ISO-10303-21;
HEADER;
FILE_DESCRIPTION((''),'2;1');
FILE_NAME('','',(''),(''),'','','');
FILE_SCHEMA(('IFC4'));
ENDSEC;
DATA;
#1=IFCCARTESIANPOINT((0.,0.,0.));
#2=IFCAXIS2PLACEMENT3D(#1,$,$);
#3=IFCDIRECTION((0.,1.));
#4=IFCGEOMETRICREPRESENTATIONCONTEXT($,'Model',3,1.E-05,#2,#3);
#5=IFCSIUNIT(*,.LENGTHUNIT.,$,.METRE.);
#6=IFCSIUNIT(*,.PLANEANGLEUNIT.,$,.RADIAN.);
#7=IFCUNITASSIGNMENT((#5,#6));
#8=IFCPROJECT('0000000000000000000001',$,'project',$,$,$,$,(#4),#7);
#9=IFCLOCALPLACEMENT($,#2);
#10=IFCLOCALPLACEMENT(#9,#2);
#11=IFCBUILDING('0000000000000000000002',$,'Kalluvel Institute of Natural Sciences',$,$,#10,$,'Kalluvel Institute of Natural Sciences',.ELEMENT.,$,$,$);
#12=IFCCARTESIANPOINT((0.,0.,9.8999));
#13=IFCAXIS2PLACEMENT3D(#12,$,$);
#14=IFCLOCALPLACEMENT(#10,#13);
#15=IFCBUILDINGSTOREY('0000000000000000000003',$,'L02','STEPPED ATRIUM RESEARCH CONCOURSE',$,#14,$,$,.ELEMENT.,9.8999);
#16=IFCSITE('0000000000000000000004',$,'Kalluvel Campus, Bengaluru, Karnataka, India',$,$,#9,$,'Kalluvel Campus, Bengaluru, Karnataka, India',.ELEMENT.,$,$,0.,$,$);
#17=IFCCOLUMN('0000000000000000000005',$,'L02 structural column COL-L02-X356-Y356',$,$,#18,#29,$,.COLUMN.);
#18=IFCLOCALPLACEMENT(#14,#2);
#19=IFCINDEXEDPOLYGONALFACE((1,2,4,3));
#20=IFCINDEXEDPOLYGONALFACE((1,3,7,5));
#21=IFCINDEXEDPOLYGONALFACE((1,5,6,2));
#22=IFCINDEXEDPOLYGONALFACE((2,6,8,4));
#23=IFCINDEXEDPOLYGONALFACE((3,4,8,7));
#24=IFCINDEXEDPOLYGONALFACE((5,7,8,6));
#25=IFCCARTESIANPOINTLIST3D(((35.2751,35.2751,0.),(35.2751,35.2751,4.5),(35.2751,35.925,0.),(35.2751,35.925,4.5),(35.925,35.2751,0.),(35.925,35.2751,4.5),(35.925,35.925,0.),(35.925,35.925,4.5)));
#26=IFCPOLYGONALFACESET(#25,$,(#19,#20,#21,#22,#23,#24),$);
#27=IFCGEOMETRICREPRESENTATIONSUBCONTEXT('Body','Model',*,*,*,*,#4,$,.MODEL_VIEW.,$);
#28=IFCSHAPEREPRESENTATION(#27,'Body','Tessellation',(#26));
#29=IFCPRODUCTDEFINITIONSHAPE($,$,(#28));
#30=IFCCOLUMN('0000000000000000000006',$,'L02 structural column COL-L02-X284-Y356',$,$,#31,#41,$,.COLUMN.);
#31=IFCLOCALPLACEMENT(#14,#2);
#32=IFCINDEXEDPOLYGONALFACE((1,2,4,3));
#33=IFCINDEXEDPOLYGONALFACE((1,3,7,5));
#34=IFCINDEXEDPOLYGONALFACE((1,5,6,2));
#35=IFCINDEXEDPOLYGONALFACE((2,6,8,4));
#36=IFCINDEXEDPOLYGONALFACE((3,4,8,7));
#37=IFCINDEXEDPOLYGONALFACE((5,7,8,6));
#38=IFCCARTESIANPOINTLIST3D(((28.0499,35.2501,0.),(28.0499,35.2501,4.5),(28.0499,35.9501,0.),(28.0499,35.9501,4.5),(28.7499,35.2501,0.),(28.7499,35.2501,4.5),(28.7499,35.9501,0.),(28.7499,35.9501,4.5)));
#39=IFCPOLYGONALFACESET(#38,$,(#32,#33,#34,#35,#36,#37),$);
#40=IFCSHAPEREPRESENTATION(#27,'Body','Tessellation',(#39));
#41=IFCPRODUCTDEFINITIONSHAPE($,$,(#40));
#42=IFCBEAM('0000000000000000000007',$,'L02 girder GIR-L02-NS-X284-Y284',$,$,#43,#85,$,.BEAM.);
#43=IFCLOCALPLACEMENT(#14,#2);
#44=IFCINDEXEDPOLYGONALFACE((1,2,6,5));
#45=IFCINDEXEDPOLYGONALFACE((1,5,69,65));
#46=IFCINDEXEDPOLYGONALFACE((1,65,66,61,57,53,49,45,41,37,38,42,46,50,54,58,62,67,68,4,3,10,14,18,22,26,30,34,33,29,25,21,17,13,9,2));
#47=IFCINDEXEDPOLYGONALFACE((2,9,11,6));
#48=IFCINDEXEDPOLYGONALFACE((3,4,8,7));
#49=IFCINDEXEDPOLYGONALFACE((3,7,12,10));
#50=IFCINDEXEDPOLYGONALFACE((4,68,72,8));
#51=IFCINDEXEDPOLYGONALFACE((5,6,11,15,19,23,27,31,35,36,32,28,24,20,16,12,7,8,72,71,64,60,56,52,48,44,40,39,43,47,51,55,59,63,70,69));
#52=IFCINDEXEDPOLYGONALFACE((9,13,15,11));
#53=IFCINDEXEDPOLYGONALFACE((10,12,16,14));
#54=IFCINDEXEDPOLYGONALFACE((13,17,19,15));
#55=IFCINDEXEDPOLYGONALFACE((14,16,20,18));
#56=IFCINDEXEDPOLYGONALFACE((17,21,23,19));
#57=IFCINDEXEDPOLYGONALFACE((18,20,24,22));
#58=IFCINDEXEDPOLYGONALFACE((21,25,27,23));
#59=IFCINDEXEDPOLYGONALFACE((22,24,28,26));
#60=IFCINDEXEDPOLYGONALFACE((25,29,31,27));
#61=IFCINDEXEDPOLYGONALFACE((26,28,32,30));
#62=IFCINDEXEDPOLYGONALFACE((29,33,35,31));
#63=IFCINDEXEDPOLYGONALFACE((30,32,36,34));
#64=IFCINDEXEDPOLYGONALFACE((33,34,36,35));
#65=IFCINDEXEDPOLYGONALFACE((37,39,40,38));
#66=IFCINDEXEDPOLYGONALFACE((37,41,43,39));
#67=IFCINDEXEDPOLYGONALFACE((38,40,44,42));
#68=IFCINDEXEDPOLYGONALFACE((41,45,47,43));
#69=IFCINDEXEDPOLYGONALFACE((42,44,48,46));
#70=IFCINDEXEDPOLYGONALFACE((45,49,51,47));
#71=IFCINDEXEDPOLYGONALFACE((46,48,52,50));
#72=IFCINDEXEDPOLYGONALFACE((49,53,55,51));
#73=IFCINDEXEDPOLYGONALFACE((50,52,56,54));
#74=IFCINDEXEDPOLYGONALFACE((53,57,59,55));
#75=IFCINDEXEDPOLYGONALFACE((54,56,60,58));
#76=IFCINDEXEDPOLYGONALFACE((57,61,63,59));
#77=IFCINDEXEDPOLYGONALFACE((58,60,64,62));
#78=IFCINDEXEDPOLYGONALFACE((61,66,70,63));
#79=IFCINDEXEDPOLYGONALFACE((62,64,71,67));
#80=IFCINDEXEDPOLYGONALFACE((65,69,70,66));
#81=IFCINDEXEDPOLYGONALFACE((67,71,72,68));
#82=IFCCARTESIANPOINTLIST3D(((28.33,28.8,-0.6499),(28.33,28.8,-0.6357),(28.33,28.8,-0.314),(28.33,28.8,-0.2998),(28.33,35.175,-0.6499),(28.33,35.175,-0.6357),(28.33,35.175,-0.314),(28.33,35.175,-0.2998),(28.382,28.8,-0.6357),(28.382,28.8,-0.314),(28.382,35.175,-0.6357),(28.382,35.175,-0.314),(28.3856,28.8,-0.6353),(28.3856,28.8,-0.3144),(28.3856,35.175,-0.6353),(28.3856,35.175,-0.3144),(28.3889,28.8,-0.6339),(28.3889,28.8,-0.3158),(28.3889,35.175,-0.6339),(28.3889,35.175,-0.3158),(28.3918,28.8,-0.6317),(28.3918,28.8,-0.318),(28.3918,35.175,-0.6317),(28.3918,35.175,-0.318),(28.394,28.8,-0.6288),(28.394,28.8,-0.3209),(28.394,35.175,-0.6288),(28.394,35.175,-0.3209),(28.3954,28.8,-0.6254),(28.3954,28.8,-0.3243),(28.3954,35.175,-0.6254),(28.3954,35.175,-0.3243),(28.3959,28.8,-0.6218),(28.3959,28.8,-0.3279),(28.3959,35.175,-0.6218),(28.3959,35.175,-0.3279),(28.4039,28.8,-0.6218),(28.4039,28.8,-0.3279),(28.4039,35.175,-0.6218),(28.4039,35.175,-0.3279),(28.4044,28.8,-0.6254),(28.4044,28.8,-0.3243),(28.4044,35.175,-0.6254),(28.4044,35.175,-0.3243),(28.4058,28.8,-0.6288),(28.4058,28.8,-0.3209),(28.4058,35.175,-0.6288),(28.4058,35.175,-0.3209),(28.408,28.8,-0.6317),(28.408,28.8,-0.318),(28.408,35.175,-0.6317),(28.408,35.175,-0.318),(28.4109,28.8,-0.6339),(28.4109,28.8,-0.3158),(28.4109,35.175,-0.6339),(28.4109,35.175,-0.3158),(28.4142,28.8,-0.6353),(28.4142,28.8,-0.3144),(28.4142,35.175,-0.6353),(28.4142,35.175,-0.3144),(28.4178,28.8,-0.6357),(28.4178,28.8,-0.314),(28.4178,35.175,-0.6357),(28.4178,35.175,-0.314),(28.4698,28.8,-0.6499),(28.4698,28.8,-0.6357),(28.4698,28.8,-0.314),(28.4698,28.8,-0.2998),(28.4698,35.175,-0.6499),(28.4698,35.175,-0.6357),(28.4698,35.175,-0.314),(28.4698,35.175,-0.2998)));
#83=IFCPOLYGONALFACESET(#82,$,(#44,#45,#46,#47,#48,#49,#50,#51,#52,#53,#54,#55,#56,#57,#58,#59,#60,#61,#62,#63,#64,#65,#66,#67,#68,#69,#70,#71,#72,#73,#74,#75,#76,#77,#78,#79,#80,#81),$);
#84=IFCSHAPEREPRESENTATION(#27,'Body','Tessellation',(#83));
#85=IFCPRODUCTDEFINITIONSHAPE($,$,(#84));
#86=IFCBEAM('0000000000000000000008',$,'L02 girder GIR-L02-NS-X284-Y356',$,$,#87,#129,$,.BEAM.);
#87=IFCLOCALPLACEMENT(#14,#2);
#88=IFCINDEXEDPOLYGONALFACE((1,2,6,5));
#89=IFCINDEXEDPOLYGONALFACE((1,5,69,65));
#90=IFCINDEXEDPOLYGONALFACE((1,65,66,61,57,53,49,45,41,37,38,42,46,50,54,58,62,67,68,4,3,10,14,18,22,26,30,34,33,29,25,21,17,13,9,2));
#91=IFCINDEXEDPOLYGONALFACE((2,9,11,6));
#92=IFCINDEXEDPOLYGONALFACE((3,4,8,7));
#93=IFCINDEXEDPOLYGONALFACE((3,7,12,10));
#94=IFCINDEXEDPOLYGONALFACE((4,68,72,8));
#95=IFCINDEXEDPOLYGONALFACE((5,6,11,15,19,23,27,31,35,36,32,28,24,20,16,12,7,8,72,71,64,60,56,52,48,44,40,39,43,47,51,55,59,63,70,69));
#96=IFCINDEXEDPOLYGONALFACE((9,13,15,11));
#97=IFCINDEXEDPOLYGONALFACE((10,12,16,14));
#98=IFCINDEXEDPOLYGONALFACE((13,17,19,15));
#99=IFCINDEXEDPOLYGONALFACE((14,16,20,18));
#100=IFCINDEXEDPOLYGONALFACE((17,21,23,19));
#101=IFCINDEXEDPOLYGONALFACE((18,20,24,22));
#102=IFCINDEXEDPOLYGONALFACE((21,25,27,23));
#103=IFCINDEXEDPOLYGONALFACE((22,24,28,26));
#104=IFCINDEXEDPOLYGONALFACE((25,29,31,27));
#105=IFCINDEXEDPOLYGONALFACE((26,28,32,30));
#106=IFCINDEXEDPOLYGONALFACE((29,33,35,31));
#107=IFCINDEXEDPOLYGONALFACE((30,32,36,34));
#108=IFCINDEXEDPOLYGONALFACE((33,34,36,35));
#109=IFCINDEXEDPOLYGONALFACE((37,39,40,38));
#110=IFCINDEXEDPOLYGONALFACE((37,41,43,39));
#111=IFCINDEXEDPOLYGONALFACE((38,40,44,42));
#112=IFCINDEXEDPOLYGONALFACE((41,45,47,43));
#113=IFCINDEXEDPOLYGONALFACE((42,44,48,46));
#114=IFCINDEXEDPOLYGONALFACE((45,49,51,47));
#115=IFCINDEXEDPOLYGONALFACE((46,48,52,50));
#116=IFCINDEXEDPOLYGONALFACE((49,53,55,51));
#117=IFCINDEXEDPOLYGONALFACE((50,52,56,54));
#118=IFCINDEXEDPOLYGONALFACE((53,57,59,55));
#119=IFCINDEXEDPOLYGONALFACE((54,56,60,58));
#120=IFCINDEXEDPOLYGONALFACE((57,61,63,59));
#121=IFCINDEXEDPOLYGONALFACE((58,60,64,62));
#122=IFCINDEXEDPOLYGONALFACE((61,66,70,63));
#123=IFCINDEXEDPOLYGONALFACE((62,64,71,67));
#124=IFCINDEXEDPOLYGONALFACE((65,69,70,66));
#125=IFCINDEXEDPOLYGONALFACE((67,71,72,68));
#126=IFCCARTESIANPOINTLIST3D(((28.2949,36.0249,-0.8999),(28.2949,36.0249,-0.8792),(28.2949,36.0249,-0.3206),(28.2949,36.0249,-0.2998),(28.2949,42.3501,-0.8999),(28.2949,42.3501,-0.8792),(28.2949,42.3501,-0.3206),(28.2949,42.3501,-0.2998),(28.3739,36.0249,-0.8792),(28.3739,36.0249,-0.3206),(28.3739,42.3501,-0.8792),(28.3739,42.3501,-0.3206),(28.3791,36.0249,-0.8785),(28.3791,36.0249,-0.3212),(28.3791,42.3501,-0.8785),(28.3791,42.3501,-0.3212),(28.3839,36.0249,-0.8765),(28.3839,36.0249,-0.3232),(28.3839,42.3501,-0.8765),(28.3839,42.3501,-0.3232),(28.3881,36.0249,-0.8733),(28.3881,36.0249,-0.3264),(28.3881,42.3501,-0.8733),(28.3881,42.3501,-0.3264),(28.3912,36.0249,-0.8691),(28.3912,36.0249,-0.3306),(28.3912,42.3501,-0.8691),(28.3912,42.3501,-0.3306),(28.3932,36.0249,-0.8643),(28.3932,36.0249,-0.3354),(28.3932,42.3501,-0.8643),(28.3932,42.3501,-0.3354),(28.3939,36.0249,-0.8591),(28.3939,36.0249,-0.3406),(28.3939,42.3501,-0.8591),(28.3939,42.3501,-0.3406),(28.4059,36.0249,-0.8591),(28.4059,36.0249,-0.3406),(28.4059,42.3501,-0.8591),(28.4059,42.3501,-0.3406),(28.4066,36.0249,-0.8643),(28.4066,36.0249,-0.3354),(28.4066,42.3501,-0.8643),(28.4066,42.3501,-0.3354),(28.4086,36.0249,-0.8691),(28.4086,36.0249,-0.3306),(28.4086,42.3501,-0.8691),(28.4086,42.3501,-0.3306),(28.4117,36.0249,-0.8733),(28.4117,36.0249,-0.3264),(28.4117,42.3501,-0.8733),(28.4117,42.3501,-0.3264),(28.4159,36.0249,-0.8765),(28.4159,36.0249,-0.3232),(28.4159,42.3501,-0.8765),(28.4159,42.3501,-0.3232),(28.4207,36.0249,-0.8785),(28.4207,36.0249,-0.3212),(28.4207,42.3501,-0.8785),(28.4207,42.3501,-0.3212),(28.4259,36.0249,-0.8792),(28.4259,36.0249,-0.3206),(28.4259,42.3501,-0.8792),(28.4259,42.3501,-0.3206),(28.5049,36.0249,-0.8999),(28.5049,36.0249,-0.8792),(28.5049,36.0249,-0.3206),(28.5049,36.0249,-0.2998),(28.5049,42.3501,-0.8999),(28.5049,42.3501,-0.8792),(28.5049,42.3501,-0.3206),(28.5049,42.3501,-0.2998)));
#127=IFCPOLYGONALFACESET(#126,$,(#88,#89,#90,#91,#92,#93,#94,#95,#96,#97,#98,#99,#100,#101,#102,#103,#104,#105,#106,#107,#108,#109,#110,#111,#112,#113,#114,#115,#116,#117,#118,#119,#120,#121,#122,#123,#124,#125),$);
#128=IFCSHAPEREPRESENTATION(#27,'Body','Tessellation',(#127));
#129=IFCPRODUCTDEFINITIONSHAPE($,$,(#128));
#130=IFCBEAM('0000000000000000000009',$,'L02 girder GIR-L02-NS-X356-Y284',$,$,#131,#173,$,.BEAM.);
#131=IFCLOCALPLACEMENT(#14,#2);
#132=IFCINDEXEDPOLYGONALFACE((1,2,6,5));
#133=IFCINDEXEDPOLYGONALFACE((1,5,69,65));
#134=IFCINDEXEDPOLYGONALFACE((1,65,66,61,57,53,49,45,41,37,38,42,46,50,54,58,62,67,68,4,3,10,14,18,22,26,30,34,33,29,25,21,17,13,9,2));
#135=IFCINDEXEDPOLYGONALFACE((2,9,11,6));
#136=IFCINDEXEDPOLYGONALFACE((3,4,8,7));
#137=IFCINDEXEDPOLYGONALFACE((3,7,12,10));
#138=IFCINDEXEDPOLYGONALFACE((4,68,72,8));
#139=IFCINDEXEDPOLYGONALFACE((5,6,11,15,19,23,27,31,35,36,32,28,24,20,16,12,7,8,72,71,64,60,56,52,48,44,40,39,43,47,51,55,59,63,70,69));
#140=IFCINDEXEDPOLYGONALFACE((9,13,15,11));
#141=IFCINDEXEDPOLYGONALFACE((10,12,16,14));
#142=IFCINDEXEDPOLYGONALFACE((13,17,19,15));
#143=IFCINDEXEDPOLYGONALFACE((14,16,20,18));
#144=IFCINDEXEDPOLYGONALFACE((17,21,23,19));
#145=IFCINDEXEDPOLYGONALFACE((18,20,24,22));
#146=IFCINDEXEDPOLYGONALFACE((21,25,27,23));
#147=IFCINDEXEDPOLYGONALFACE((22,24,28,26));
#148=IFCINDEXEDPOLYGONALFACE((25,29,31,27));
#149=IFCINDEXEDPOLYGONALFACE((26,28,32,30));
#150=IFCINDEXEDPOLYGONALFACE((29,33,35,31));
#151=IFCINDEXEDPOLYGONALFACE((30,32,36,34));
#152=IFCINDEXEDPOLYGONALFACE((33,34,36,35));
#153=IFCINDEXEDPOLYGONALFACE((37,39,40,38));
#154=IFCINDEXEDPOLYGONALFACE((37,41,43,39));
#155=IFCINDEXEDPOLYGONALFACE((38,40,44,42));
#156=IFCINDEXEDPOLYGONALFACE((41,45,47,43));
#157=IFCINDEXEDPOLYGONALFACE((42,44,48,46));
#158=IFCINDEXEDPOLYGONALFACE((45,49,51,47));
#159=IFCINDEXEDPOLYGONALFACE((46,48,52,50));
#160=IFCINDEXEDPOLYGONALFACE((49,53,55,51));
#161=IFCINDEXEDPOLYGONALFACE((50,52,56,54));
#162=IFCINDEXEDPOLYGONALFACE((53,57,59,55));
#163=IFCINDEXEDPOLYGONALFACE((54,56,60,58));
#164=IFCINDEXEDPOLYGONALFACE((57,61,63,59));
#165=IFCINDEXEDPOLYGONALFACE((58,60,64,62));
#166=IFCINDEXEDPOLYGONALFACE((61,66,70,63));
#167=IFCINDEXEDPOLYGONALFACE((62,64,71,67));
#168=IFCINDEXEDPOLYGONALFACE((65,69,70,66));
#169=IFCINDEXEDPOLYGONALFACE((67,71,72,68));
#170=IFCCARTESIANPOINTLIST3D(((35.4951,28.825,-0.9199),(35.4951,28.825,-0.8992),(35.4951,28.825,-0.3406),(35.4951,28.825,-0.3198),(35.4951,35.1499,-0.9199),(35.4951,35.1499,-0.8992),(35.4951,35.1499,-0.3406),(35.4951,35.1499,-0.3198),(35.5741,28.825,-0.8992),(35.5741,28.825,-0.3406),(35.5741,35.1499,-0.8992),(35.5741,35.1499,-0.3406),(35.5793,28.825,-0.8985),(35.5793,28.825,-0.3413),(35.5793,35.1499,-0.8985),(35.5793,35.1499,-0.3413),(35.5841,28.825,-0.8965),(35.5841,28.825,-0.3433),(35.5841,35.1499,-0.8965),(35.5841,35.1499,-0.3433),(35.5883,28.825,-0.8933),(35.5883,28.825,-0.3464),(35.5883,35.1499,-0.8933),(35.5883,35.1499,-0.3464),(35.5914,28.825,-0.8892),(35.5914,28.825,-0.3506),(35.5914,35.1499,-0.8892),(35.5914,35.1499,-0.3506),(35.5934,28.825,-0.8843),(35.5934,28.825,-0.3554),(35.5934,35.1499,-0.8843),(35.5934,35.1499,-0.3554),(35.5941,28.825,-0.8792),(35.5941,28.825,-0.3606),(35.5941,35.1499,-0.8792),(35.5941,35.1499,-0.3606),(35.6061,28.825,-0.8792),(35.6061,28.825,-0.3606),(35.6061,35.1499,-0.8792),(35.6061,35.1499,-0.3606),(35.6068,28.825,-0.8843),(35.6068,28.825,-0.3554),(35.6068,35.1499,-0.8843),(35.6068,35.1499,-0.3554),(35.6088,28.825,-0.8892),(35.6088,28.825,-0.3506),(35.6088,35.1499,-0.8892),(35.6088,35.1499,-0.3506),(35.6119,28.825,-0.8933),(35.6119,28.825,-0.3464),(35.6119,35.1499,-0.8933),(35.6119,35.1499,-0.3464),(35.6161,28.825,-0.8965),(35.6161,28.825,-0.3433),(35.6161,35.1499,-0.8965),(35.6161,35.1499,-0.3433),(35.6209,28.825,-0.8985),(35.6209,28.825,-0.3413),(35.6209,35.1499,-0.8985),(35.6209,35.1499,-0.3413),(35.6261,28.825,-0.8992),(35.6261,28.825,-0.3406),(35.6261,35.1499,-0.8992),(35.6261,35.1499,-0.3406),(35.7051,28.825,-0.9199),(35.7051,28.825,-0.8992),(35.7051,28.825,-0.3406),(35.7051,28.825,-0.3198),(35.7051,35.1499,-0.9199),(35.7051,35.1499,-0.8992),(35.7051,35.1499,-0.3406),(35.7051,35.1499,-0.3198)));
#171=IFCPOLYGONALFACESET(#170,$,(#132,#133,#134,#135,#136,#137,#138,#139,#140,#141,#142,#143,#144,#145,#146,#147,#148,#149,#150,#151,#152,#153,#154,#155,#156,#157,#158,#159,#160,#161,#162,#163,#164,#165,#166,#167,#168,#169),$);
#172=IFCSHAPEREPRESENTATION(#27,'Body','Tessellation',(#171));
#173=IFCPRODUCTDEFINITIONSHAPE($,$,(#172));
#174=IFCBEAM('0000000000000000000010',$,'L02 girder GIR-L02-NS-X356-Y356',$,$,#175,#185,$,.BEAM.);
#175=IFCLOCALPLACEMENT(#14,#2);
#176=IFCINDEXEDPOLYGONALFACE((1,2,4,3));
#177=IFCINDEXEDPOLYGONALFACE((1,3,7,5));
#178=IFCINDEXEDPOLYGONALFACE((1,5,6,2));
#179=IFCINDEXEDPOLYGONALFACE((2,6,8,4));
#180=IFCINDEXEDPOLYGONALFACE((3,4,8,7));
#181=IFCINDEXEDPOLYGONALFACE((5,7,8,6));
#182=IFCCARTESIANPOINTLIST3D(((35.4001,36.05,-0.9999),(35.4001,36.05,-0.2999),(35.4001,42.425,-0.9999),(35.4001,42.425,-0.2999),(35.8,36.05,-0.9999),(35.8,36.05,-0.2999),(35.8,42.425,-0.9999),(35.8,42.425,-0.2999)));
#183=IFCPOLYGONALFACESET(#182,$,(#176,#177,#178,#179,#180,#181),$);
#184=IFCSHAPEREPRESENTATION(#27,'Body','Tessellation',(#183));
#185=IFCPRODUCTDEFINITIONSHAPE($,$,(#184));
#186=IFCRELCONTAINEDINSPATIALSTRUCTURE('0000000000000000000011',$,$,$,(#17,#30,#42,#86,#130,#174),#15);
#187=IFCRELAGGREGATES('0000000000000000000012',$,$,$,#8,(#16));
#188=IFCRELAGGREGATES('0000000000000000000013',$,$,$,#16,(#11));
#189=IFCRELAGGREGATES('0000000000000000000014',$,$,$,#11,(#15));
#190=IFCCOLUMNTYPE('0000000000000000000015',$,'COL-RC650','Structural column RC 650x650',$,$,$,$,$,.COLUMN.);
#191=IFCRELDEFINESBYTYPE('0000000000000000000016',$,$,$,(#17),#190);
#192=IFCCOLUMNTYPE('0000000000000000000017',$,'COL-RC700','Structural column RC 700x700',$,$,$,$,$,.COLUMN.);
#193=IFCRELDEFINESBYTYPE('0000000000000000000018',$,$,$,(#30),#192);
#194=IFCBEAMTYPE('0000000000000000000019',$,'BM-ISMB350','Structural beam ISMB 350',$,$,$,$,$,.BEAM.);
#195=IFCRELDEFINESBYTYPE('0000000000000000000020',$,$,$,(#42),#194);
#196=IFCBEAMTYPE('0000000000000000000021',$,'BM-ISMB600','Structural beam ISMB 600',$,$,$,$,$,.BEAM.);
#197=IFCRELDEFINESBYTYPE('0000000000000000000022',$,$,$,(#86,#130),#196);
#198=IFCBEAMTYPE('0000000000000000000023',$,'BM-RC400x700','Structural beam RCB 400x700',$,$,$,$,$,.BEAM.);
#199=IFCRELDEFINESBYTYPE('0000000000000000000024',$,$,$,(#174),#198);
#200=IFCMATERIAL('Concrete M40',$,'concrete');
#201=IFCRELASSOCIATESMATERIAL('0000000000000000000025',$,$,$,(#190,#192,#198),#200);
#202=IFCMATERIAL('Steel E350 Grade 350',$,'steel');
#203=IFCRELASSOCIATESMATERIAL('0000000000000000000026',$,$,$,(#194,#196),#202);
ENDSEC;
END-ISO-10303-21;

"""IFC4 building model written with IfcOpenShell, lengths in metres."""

from ifc_helpers import new_model, si_unit, direction, frame, origin, origin_2d, place, context, subcontext, project, spatial, rectangle, i_section, extrude, material, material_profile, profile_set, type_object, element, save


model = new_model("IFC4")

# Units and contexts
model_context = context("Model", 3, precision=1e-05, world=origin(), true_north=direction((0.0, 1.0)))
body_context = subcontext(model_context, "Body", "Model", "MODEL_VIEW")
ifc_project = project(units=[si_unit("LENGTHUNIT", "METRE"), si_unit("PLANEANGLEUNIT", "RADIAN")], contexts=[model_context])

# Site, building, storey
site_placement = place(None, origin())
site = spatial("IfcSite", under=ifc_project, at=site_placement, Name="Kalluvel Campus, Bengaluru, Karnataka, India", LongName="Kalluvel Campus, Bengaluru, Karnataka, India", CompositionType="ELEMENT", RefElevation=0.0)
building_placement = place(site_placement, origin())
building = spatial("IfcBuilding", under=site, at=building_placement, Name="Kalluvel Institute of Natural Sciences", LongName="Kalluvel Institute of Natural Sciences", CompositionType="ELEMENT")
storey_placement = place(building_placement, frame((0.0, 0.0, 9.8999)))
storey = spatial("IfcBuildingStorey", under=building, at=storey_placement, Name="L02", Description="STEPPED ATRIUM RESEARCH CONCOURSE", CompositionType="ELEMENT", Elevation=9.8999)

# Columns
ifc_material_1 = material(Name="Concrete M40", Category="concrete")
ifc_material_profile_1 = material_profile(ifc_material_1, rectangle(XDim=0.6499, YDim=0.6499, at=origin_2d()), Name="RC 650x650")
ifc_profile_set_1 = profile_set([ifc_material_profile_1], Name="Concrete M40")
column_type_1 = type_object("IfcColumnType", Name="COL-RC650", Description="Structural column RC 650x650", PredefinedType="COLUMN", material=ifc_profile_set_1)
column_1_placement = place(storey_placement, frame((35.6001, 35.6001, 0.0), z_axis=(0.0, 0.0, 1.0), x_axis=(1.0, 0.0, 0.0)))
element("IfcColumn", 1, at=column_1_placement, inside=storey, type_object=column_type_1, Name="L02 structural column COL-L02-X356-Y356", PredefinedType="COLUMN", context=body_context, shape_type="SweptSolid", body=[
    extrude(rectangle(XDim=0.6499, YDim=0.6499, at=origin_2d()), origin(), (0.0, 0.0, 1.0), 4.5),
])
ifc_material_profile_2 = material_profile(ifc_material_1, rectangle(XDim=0.7, YDim=0.7, at=origin_2d()), Name="RC 700x700")
ifc_profile_set_2 = profile_set([ifc_material_profile_2], Name="Concrete M40")
column_type_2 = type_object("IfcColumnType", Name="COL-RC700", Description="Structural column RC 700x700", PredefinedType="COLUMN", material=ifc_profile_set_2)
column_2_placement = place(storey_placement, frame((28.3999, 35.6001, 0.0), z_axis=(0.0, 0.0, 1.0), x_axis=(1.0, 0.0, 0.0)))
element("IfcColumn", 2, at=column_2_placement, inside=storey, type_object=column_type_2, Name="L02 structural column COL-L02-X284-Y356", PredefinedType="COLUMN", context=body_context, shape_type="SweptSolid", body=[
    extrude(rectangle(XDim=0.7, YDim=0.7, at=origin_2d()), origin(), (0.0, 0.0, 1.0), 4.5),
])

# Beams
ifc_material_2 = material(Name="Steel E350 Grade 350", Category="steel")
ifc_material_profile_3 = material_profile(ifc_material_2, i_section(OverallWidth=0.1399, OverallDepth=0.3501, WebThickness=0.0081, FlangeThickness=0.0142, FilletRadius=0.0139, at=origin_2d()), Name="ISMB 350")
ifc_profile_set_3 = profile_set([ifc_material_profile_3], Name="Steel E350 Grade 350")
beam_type_1 = type_object("IfcBeamType", Name="BM-ISMB350", Description="Structural beam ISMB 350", PredefinedType="BEAM", material=ifc_profile_set_3)
beam_1_placement = place(storey_placement, frame((28.3999, 28.8, -0.4749), z_axis=(0.0, 1.0, 0.0), x_axis=(-1.0, 0.0, 0.0)))
element("IfcBeam", 3, at=beam_1_placement, inside=storey, type_object=beam_type_1, Name="L02 girder GIR-L02-NS-X284-Y284", PredefinedType="BEAM", context=body_context, shape_type="SweptSolid", body=[
    extrude(i_section(OverallWidth=0.1399, OverallDepth=0.3501, WebThickness=0.0081, FlangeThickness=0.0142, FilletRadius=0.0139, at=origin_2d()), origin(), (0.0, 0.0, 1.0), 6.375),
])
ifc_material_profile_4 = material_profile(ifc_material_2, i_section(OverallWidth=0.21, OverallDepth=0.6001, WebThickness=0.012, FlangeThickness=0.0208, FilletRadius=0.02, at=origin_2d()), Name="ISMB 600")
ifc_profile_set_4 = profile_set([ifc_material_profile_4], Name="Steel E350 Grade 350")
beam_type_2 = type_object("IfcBeamType", Name="BM-ISMB600", Description="Structural beam ISMB 600", PredefinedType="BEAM", material=ifc_profile_set_4)
beam_2_placement = place(storey_placement, frame((28.3999, 36.0249, -0.5999), z_axis=(0.0, 1.0, 0.0), x_axis=(-1.0, 0.0, 0.0)))
element("IfcBeam", 4, at=beam_2_placement, inside=storey, type_object=beam_type_2, Name="L02 girder GIR-L02-NS-X284-Y356", PredefinedType="BEAM", context=body_context, shape_type="SweptSolid", body=[
    extrude(i_section(OverallWidth=0.21, OverallDepth=0.6001, WebThickness=0.012, FlangeThickness=0.0208, FilletRadius=0.02, at=origin_2d()), origin(), (0.0, 0.0, 1.0), 6.3252),
])
beam_3_placement = place(storey_placement, frame((35.6001, 28.825, -0.6199), z_axis=(0.0, 1.0, 0.0), x_axis=(-1.0, 0.0, 0.0)))
element("IfcBeam", 5, at=beam_3_placement, inside=storey, type_object=beam_type_2, Name="L02 girder GIR-L02-NS-X356-Y284", PredefinedType="BEAM", context=body_context, shape_type="SweptSolid", body=[
    extrude(i_section(OverallWidth=0.21, OverallDepth=0.6001, WebThickness=0.012, FlangeThickness=0.0208, FilletRadius=0.02, at=origin_2d()), origin(), (0.0, 0.0, 1.0), 6.325),
])
ifc_material_profile_5 = material_profile(ifc_material_1, rectangle(XDim=0.3999, YDim=0.7, at=origin_2d()), Name="RCB 400x700")
ifc_profile_set_5 = profile_set([ifc_material_profile_5], Name="Concrete M40")
beam_type_3 = type_object("IfcBeamType", Name="BM-RC400x700", Description="Structural beam RCB 400x700", PredefinedType="BEAM", material=ifc_profile_set_5)
beam_4_placement = place(storey_placement, frame((35.6001, 36.05, -0.6499), z_axis=(0.0, 1.0, 0.0), x_axis=(-1.0, 0.0, 0.0)))
element("IfcBeam", 6, at=beam_4_placement, inside=storey, type_object=beam_type_3, Name="L02 girder GIR-L02-NS-X356-Y356", PredefinedType="BEAM", context=body_context, shape_type="SweptSolid", body=[
    extrude(rectangle(XDim=0.3999, YDim=0.7, at=origin_2d()), origin(), (0.0, 0.0, 1.0), 6.375),
])

save(model, "model.ifc")
